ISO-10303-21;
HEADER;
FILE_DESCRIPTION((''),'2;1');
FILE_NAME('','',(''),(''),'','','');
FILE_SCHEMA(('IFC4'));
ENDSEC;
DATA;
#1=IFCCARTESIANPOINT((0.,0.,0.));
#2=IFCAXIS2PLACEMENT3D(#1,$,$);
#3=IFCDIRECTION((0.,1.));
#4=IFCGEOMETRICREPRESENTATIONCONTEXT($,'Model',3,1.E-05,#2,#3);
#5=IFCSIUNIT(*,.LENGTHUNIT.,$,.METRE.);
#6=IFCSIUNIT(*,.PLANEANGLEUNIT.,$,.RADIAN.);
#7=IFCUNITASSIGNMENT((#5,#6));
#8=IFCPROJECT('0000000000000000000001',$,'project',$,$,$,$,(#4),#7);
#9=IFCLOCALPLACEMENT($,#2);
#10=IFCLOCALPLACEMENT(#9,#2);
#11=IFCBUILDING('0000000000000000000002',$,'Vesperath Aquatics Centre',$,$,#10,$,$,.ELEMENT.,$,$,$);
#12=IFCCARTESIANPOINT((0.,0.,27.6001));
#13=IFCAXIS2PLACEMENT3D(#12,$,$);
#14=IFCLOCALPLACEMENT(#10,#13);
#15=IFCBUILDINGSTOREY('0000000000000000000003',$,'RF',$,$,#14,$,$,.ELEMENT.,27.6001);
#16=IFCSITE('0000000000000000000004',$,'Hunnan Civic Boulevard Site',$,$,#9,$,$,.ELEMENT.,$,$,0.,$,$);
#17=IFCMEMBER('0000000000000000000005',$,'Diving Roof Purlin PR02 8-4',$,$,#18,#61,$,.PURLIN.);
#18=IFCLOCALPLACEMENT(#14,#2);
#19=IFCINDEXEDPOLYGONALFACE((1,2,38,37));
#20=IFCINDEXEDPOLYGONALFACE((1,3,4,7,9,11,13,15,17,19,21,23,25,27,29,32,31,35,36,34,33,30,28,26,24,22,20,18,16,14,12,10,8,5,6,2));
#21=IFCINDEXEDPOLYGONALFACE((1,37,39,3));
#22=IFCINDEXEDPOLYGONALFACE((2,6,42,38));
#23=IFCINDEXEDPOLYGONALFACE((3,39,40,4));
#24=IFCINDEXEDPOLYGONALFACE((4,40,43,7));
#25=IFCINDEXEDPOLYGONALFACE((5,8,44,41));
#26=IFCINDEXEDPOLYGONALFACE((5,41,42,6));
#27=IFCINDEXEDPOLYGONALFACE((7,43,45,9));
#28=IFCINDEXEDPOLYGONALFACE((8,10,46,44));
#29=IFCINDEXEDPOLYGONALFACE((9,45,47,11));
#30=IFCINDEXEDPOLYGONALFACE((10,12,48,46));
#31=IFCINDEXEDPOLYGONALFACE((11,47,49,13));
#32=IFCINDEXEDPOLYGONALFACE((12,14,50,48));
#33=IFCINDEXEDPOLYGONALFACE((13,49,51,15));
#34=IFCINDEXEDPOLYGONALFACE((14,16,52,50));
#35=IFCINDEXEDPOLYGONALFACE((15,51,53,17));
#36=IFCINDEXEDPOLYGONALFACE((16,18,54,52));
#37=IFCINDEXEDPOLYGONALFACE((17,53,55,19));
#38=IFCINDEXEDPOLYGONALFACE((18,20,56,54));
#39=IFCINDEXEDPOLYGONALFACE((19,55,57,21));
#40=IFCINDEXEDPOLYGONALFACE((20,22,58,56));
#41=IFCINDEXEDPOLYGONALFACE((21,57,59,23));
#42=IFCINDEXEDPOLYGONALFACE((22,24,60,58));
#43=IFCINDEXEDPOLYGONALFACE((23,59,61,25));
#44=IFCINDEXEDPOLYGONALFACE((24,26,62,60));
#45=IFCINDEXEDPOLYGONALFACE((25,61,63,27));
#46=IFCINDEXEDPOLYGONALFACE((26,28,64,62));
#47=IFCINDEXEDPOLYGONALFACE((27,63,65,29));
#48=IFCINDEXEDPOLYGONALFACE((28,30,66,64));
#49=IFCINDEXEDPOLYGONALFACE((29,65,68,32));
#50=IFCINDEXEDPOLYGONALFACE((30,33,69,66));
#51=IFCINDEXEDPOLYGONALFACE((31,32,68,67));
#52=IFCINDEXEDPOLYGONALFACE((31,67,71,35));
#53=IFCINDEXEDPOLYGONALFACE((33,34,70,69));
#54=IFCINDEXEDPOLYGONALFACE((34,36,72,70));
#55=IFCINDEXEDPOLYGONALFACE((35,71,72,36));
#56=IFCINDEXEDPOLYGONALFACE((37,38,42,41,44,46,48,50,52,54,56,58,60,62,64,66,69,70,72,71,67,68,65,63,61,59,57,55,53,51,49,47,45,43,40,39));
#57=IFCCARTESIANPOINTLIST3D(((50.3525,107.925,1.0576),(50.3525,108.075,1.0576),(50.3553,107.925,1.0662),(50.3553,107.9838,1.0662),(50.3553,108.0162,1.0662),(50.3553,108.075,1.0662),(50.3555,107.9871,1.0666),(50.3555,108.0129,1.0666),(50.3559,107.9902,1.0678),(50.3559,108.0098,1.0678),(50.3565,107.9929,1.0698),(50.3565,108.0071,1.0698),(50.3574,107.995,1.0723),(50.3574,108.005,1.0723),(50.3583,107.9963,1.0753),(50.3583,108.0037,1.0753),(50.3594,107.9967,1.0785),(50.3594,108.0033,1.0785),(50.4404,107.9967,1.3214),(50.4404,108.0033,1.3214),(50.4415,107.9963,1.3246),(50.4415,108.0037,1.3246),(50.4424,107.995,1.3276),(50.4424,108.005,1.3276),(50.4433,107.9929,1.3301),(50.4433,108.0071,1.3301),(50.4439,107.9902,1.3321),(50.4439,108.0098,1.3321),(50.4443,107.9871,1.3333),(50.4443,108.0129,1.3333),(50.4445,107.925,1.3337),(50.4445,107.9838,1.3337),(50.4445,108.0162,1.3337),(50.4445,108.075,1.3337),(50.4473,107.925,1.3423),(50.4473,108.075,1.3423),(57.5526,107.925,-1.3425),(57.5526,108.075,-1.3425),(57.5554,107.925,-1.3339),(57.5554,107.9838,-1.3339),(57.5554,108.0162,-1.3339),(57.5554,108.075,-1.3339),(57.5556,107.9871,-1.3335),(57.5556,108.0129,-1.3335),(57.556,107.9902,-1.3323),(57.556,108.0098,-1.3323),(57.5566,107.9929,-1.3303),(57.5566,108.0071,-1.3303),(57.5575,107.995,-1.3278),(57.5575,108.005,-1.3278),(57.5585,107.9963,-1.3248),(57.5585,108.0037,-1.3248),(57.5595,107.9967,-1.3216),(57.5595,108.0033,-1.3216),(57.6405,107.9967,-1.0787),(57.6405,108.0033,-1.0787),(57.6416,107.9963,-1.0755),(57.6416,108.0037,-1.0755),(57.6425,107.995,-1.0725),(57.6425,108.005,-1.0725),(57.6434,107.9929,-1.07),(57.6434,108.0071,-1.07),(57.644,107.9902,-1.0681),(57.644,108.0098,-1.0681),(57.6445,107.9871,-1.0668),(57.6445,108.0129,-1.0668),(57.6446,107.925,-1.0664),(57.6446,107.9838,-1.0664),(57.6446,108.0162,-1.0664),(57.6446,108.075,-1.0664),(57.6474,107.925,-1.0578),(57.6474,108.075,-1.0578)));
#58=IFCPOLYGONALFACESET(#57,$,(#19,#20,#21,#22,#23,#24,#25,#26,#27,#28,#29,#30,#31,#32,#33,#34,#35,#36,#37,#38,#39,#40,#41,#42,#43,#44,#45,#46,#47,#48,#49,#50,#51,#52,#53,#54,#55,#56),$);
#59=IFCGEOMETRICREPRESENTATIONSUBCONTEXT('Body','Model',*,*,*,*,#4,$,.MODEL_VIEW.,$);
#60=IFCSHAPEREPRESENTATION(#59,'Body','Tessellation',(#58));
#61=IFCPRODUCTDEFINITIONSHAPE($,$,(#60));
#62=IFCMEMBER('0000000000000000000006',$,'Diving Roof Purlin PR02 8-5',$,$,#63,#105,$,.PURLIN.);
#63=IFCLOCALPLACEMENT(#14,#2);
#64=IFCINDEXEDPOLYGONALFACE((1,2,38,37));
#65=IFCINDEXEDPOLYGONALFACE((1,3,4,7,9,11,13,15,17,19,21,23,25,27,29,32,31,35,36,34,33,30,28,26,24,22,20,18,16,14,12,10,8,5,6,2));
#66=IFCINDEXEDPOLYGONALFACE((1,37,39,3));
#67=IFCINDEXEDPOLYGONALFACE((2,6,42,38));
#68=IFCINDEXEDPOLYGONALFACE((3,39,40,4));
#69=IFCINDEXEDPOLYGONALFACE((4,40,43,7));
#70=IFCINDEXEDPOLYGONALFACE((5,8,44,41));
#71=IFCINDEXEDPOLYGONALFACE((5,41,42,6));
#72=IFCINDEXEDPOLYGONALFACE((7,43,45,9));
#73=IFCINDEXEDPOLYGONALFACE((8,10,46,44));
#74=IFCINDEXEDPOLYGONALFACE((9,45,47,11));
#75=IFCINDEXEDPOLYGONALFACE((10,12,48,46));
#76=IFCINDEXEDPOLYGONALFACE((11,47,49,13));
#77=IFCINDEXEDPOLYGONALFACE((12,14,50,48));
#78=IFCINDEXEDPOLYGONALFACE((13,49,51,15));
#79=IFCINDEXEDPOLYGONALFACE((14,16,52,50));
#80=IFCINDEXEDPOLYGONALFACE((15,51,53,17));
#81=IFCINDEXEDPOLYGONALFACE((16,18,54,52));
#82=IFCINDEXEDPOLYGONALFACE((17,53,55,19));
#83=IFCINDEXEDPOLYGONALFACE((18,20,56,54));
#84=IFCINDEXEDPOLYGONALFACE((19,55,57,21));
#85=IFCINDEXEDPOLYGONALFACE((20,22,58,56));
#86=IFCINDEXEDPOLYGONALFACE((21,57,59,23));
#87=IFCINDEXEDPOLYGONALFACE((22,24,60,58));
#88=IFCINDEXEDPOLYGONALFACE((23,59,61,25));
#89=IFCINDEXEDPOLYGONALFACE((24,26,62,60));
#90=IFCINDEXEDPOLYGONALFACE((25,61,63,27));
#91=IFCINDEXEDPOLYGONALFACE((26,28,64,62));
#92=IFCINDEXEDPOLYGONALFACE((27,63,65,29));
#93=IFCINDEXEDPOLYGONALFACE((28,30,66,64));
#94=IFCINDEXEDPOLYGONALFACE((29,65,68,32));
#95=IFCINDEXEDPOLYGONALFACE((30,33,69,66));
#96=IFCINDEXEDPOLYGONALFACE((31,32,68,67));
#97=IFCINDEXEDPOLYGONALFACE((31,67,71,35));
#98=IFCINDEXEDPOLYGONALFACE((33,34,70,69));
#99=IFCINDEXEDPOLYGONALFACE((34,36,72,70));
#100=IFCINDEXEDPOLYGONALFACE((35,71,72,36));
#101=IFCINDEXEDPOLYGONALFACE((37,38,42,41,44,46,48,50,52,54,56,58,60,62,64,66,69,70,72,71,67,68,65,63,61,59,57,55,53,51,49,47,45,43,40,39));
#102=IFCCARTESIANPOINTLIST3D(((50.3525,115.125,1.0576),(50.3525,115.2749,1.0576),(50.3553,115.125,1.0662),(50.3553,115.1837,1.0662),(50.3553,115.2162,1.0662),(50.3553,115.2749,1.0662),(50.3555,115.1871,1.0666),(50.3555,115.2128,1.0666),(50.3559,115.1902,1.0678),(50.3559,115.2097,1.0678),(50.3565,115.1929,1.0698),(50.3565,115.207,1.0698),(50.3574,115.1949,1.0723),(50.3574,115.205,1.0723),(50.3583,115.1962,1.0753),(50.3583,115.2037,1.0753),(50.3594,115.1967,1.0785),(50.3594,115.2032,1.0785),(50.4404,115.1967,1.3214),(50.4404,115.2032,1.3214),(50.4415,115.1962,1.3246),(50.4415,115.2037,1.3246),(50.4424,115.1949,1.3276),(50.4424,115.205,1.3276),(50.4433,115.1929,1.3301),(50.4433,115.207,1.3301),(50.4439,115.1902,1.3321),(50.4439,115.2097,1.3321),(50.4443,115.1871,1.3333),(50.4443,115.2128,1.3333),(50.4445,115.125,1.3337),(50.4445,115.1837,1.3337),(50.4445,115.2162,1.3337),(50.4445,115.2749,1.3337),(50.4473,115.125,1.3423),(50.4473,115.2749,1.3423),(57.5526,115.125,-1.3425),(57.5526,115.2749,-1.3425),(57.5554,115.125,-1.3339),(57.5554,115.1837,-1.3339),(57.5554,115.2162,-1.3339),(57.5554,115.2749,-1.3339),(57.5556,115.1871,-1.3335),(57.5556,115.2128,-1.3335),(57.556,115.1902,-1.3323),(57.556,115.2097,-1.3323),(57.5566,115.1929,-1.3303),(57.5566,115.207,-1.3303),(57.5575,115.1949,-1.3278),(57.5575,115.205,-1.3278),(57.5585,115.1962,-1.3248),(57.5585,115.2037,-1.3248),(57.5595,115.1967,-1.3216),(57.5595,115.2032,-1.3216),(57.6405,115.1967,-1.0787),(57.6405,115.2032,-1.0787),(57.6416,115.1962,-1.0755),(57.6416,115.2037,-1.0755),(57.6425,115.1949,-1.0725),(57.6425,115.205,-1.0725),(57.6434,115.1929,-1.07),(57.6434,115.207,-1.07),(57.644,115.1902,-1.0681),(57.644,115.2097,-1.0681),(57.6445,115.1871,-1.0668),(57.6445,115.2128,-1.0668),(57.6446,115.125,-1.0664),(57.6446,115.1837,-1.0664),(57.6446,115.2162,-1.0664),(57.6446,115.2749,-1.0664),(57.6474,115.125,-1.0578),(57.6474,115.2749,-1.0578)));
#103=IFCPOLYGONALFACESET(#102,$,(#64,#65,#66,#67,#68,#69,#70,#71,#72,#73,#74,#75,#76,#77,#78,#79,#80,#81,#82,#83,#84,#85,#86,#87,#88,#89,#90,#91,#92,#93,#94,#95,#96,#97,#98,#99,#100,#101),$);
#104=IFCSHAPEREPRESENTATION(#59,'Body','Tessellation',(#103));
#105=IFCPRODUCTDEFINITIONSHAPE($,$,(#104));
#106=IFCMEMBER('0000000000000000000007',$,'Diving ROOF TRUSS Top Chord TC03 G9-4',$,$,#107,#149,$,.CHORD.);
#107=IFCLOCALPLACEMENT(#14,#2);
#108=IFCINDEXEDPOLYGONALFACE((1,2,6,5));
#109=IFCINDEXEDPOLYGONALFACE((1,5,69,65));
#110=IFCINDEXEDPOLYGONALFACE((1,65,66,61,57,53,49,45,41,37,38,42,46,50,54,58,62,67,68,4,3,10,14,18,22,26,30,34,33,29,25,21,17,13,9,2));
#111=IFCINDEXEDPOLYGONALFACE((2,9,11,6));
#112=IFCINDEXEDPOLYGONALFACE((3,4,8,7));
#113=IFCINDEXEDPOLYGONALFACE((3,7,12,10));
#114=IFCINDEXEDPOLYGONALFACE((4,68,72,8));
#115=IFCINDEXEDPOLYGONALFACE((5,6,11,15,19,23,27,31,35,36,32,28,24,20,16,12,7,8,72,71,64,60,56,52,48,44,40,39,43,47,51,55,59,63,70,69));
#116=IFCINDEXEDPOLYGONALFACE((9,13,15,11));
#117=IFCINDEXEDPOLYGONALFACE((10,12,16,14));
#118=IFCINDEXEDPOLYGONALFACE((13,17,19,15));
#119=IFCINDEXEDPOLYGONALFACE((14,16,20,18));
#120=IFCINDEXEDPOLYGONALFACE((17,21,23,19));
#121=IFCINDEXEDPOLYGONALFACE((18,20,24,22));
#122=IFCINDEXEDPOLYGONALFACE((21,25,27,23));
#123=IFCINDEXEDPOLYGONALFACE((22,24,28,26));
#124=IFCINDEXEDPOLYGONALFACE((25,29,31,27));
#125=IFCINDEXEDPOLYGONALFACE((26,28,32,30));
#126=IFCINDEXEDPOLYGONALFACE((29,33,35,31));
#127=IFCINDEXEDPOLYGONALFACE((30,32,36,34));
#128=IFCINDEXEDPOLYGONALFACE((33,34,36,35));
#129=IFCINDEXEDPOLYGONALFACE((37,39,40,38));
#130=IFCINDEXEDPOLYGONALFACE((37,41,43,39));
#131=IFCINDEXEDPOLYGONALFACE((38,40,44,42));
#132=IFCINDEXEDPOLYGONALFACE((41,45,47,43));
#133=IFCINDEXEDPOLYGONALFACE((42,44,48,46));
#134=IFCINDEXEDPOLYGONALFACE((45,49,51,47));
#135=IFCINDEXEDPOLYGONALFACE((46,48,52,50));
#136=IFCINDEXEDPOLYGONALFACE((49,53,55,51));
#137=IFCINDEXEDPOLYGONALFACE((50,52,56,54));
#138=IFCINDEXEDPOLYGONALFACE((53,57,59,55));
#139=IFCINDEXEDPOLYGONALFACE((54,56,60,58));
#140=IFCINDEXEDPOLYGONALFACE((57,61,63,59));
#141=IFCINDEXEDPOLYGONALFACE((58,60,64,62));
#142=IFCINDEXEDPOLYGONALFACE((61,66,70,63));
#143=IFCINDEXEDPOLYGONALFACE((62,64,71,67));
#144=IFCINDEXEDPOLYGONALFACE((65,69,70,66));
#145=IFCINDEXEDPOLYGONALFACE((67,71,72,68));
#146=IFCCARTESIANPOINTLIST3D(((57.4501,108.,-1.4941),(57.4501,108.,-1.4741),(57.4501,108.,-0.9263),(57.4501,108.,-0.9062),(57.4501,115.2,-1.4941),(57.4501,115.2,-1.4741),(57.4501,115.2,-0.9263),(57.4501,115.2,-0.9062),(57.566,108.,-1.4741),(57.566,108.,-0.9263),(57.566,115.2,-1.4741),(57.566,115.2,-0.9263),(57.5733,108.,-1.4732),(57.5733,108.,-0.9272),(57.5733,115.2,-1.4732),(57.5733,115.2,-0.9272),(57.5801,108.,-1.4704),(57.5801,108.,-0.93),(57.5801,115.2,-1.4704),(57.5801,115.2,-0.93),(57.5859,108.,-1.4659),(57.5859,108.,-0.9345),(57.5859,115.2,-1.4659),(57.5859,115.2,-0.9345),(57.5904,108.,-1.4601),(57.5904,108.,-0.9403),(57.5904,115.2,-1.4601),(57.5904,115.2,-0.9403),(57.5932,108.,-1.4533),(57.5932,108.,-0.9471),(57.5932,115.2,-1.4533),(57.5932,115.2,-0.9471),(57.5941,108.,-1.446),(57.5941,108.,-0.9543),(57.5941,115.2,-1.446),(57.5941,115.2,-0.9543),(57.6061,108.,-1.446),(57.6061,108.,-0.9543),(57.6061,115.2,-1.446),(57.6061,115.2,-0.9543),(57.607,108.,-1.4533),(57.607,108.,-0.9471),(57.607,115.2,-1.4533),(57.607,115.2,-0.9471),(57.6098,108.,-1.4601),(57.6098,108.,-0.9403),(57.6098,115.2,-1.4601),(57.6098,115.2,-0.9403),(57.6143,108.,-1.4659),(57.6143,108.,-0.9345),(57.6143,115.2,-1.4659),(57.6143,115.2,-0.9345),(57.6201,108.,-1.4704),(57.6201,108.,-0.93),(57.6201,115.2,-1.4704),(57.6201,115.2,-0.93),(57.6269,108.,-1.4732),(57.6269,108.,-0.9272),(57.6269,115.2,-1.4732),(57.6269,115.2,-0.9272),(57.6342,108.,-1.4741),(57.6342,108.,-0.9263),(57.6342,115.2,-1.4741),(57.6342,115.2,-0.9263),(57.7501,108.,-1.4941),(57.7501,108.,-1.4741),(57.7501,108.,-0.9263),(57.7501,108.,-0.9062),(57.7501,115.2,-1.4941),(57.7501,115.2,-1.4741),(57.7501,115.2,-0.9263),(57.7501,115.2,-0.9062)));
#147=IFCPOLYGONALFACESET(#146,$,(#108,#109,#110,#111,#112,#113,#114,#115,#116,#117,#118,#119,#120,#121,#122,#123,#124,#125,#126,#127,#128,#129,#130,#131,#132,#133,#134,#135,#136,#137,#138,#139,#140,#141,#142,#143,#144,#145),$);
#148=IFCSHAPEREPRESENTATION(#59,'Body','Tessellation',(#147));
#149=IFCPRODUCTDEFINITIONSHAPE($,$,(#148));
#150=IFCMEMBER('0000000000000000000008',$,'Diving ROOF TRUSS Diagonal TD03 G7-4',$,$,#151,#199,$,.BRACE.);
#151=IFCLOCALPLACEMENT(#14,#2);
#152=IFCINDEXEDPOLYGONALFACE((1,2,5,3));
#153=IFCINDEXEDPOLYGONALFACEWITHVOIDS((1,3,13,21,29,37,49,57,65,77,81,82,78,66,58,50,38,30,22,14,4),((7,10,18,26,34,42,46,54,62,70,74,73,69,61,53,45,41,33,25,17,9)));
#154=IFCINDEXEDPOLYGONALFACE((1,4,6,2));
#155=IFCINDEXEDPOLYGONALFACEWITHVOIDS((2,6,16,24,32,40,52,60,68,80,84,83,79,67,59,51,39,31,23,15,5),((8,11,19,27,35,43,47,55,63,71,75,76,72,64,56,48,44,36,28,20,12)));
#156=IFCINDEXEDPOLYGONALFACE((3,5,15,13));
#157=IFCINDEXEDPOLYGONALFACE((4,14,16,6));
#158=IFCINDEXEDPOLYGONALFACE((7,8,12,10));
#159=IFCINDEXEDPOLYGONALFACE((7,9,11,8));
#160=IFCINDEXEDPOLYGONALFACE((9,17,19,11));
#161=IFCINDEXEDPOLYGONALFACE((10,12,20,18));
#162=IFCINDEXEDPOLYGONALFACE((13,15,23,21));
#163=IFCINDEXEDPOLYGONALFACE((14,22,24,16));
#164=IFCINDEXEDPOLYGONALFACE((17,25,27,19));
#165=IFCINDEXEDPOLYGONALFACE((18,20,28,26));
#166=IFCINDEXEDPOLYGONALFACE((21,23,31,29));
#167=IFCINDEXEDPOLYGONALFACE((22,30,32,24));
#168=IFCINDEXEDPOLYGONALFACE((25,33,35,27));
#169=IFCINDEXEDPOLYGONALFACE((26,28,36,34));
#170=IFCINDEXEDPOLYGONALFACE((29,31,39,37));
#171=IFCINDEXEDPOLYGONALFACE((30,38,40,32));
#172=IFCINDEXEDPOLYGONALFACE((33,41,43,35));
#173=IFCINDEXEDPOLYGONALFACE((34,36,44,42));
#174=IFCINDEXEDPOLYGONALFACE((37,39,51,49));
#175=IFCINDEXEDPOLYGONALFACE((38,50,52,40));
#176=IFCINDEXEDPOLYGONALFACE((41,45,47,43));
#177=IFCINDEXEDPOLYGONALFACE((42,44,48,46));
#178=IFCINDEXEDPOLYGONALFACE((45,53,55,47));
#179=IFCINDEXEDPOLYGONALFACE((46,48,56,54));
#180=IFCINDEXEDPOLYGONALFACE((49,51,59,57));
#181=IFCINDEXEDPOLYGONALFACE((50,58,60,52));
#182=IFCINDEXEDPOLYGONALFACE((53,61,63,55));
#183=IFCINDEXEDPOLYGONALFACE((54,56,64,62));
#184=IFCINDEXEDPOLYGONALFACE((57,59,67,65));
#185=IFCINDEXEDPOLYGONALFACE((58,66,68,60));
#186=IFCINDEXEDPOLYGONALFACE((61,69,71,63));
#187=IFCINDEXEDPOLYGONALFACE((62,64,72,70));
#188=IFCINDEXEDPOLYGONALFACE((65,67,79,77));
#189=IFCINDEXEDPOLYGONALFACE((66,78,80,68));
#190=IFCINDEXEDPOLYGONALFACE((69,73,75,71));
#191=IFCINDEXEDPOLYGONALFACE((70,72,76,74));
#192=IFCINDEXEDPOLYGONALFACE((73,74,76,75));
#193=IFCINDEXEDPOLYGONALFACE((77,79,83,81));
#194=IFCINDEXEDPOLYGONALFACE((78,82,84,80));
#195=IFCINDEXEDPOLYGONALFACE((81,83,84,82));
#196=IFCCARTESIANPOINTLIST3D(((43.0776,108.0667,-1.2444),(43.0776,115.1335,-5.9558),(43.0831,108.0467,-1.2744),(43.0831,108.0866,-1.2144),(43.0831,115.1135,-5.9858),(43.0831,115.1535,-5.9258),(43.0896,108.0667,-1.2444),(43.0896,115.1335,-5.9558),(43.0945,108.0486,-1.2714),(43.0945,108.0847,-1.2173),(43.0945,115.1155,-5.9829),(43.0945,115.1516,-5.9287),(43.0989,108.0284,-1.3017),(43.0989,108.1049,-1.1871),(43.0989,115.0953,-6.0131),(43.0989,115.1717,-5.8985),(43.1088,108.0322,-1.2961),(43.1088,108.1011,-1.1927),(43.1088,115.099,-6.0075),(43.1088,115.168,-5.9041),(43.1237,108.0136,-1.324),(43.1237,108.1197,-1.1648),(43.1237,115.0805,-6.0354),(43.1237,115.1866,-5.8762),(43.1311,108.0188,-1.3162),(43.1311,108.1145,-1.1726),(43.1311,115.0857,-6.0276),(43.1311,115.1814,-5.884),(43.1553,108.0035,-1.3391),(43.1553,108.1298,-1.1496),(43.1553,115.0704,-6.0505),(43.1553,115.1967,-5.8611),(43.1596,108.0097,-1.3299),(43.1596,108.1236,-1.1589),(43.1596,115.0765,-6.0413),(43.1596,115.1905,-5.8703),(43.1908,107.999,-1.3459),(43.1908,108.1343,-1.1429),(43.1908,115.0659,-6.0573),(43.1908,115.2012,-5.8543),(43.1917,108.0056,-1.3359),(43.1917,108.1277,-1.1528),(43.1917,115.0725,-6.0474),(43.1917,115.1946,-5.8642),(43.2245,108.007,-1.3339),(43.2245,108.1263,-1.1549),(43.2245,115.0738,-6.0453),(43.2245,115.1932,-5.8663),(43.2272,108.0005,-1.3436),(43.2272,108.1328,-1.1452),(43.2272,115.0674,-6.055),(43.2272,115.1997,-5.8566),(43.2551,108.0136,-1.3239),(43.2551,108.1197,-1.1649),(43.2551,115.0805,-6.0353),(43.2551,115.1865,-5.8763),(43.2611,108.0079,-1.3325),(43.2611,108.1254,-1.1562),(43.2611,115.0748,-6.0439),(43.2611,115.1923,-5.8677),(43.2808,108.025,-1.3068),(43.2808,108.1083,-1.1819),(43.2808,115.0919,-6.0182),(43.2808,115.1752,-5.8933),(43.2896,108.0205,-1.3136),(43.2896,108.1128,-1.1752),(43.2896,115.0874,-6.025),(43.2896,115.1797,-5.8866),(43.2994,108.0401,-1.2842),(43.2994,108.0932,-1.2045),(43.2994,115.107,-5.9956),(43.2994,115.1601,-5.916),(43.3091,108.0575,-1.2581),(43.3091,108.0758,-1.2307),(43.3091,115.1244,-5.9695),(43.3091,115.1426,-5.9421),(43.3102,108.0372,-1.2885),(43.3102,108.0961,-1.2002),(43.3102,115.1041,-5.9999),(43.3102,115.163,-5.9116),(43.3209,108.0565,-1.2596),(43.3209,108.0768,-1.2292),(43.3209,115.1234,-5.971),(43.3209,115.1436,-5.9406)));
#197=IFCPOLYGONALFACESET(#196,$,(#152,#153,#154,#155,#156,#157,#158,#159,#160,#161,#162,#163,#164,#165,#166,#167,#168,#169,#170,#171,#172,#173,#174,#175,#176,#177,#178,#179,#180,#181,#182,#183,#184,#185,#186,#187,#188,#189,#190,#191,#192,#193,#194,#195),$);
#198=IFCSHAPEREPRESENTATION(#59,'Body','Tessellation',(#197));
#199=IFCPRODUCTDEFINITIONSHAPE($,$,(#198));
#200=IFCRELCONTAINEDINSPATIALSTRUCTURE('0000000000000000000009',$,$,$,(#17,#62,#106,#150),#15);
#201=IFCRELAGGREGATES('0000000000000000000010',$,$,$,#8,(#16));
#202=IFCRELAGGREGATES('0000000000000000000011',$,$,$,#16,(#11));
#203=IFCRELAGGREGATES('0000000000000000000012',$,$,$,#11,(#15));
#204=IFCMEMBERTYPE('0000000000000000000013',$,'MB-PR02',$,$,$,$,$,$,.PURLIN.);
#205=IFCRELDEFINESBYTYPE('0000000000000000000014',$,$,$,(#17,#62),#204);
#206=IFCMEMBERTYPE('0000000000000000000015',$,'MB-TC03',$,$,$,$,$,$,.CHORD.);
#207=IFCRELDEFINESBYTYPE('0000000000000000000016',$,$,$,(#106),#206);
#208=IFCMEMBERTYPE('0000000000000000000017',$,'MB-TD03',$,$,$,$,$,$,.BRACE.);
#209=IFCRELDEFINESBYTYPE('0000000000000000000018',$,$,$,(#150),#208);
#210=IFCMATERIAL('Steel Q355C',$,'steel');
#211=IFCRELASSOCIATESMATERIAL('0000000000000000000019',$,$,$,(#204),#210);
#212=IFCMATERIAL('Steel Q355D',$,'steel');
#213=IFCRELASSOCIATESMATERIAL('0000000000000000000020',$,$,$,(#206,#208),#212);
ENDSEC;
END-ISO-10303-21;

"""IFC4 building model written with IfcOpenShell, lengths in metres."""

from ifc_helpers import new_model, si_unit, direction, frame, origin, origin_2d, place, context, subcontext, project, spatial, hollow_circle, i_section, extrude, material, material_profile, profile_set, type_object, element, save


model = new_model("IFC4")

# Units and contexts
model_context = context("Model", 3, precision=1e-05, world=origin(), true_north=direction((0.0, 1.0)))
body_context = subcontext(model_context, "Body", "Model", "MODEL_VIEW")
ifc_project = project(units=[si_unit("LENGTHUNIT", "METRE"), si_unit("PLANEANGLEUNIT", "RADIAN")], contexts=[model_context])

# Site, building, storey
site_placement = place(None, origin())
site = spatial("IfcSite", under=ifc_project, at=site_placement, Name="Hunnan Civic Boulevard Site", CompositionType="ELEMENT", RefElevation=0.0)
building_placement = place(site_placement, origin())
building = spatial("IfcBuilding", under=site, at=building_placement, Name="Vesperath Aquatics Centre", CompositionType="ELEMENT")
storey_placement = place(building_placement, frame((0.0, 0.0, 27.6001)))
storey = spatial("IfcBuildingStorey", under=building, at=storey_placement, Name="RF", CompositionType="ELEMENT", Elevation=27.6001)

# Shared definitions
ifc_material_1 = material(Name="Steel Q355C", Category="steel")

# Members
ifc_material_2 = material(Name="Steel Q355D", Category="steel")
ifc_material_profile_1 = material_profile(ifc_material_1, i_section(OverallWidth=0.1499, OverallDepth=0.3, WebThickness=0.0066, FlangeThickness=0.009, FilletRadius=0.0129, at=origin_2d()), Name="HN 300x150x6.5x9")
ifc_profile_set_1 = profile_set([ifc_material_profile_1], Name="Steel Q355C")
member_type_1 = type_object("IfcMemberType", Name="MB-PR02", PredefinedType="PURLIN", material=ifc_profile_set_1)
for number, where, z_axis, x_axis, name in (
    (1, (50.3999, 108.0, 1.2), (0.94868, 0.0, -0.316237), (0.0, 1.0, 0.0), "Diving Roof Purlin PR02 8-4"),
    (2, (50.3999, 115.2, 1.2), (0.94868, 0.0, -0.316237), (0.0, 1.0, 0.0), "Diving Roof Purlin PR02 8-5"),
):
    element("IfcMember", number, at=place(storey_placement, frame(where, z_axis=z_axis, x_axis=x_axis)), inside=storey, type_object=member_type_1, Name=name, PredefinedType="PURLIN", context=body_context, shape_type="SweptSolid", body=[
        extrude(i_section(OverallWidth=0.1499, OverallDepth=0.3, WebThickness=0.0066, FlangeThickness=0.009, FilletRadius=0.0129, at=origin_2d()), origin(), (0.0, 0.0, 1.0), 7.5896),
    ])
ifc_material_profile_2 = material_profile(ifc_material_2, i_section(OverallWidth=0.3, OverallDepth=0.5879, WebThickness=0.012, FlangeThickness=0.02, FilletRadius=0.0281, at=origin_2d()), Name="HM 588x300x12x20")
ifc_profile_set_2 = profile_set([ifc_material_profile_2], Name="Steel Q355D")
member_type_2 = type_object("IfcMemberType", Name="MB-TC03", PredefinedType="CHORD", material=ifc_profile_set_2)
member_1_placement = place(storey_placement, frame((57.6001, 108.0, -1.2002), z_axis=(0.0, 1.0, 0.0), x_axis=(-1.0, 0.0, 0.0)))
element("IfcMember", 3, at=member_1_placement, inside=storey, type_object=member_type_2, Name="Diving ROOF TRUSS Top Chord TC03 G9-4", PredefinedType="CHORD", context=body_context, shape_type="SweptSolid", body=[
    extrude(i_section(OverallWidth=0.3, OverallDepth=0.5879, WebThickness=0.012, FlangeThickness=0.02, FilletRadius=0.0281, at=origin_2d()), origin(), (0.0, 0.0, 1.0), 7.2),
])
ifc_material_profile_3 = material_profile(ifc_material_2, hollow_circle(Radius=0.1223, WallThickness=0.012, at=origin_2d()), Name="CHS 244.5x12")
ifc_profile_set_3 = profile_set([ifc_material_profile_3], Name="Steel Q355D")
member_type_3 = type_object("IfcMemberType", Name="MB-TD03", PredefinedType="BRACE", material=ifc_profile_set_3)
for number, where, z_axis, x_axis, name in (
    (4, (43.2, 108.0667, -1.2444), (0.0, 0.832041, -0.554713), (-1.0, 0.0, 0.0), "Diving ROOF TRUSS Diagonal TD03 G7-4"),
):
    element("IfcMember", number, at=place(storey_placement, frame(where, z_axis=z_axis, x_axis=x_axis)), inside=storey, type_object=member_type_3, Name=name, PredefinedType="BRACE", context=body_context, shape_type="SweptSolid", body=[
        extrude(hollow_circle(Radius=0.1223, WallThickness=0.012, at=origin_2d()), origin(), (0.0, 0.0, 1.0), 8.4934),
    ])

save(model, "model.ifc")
